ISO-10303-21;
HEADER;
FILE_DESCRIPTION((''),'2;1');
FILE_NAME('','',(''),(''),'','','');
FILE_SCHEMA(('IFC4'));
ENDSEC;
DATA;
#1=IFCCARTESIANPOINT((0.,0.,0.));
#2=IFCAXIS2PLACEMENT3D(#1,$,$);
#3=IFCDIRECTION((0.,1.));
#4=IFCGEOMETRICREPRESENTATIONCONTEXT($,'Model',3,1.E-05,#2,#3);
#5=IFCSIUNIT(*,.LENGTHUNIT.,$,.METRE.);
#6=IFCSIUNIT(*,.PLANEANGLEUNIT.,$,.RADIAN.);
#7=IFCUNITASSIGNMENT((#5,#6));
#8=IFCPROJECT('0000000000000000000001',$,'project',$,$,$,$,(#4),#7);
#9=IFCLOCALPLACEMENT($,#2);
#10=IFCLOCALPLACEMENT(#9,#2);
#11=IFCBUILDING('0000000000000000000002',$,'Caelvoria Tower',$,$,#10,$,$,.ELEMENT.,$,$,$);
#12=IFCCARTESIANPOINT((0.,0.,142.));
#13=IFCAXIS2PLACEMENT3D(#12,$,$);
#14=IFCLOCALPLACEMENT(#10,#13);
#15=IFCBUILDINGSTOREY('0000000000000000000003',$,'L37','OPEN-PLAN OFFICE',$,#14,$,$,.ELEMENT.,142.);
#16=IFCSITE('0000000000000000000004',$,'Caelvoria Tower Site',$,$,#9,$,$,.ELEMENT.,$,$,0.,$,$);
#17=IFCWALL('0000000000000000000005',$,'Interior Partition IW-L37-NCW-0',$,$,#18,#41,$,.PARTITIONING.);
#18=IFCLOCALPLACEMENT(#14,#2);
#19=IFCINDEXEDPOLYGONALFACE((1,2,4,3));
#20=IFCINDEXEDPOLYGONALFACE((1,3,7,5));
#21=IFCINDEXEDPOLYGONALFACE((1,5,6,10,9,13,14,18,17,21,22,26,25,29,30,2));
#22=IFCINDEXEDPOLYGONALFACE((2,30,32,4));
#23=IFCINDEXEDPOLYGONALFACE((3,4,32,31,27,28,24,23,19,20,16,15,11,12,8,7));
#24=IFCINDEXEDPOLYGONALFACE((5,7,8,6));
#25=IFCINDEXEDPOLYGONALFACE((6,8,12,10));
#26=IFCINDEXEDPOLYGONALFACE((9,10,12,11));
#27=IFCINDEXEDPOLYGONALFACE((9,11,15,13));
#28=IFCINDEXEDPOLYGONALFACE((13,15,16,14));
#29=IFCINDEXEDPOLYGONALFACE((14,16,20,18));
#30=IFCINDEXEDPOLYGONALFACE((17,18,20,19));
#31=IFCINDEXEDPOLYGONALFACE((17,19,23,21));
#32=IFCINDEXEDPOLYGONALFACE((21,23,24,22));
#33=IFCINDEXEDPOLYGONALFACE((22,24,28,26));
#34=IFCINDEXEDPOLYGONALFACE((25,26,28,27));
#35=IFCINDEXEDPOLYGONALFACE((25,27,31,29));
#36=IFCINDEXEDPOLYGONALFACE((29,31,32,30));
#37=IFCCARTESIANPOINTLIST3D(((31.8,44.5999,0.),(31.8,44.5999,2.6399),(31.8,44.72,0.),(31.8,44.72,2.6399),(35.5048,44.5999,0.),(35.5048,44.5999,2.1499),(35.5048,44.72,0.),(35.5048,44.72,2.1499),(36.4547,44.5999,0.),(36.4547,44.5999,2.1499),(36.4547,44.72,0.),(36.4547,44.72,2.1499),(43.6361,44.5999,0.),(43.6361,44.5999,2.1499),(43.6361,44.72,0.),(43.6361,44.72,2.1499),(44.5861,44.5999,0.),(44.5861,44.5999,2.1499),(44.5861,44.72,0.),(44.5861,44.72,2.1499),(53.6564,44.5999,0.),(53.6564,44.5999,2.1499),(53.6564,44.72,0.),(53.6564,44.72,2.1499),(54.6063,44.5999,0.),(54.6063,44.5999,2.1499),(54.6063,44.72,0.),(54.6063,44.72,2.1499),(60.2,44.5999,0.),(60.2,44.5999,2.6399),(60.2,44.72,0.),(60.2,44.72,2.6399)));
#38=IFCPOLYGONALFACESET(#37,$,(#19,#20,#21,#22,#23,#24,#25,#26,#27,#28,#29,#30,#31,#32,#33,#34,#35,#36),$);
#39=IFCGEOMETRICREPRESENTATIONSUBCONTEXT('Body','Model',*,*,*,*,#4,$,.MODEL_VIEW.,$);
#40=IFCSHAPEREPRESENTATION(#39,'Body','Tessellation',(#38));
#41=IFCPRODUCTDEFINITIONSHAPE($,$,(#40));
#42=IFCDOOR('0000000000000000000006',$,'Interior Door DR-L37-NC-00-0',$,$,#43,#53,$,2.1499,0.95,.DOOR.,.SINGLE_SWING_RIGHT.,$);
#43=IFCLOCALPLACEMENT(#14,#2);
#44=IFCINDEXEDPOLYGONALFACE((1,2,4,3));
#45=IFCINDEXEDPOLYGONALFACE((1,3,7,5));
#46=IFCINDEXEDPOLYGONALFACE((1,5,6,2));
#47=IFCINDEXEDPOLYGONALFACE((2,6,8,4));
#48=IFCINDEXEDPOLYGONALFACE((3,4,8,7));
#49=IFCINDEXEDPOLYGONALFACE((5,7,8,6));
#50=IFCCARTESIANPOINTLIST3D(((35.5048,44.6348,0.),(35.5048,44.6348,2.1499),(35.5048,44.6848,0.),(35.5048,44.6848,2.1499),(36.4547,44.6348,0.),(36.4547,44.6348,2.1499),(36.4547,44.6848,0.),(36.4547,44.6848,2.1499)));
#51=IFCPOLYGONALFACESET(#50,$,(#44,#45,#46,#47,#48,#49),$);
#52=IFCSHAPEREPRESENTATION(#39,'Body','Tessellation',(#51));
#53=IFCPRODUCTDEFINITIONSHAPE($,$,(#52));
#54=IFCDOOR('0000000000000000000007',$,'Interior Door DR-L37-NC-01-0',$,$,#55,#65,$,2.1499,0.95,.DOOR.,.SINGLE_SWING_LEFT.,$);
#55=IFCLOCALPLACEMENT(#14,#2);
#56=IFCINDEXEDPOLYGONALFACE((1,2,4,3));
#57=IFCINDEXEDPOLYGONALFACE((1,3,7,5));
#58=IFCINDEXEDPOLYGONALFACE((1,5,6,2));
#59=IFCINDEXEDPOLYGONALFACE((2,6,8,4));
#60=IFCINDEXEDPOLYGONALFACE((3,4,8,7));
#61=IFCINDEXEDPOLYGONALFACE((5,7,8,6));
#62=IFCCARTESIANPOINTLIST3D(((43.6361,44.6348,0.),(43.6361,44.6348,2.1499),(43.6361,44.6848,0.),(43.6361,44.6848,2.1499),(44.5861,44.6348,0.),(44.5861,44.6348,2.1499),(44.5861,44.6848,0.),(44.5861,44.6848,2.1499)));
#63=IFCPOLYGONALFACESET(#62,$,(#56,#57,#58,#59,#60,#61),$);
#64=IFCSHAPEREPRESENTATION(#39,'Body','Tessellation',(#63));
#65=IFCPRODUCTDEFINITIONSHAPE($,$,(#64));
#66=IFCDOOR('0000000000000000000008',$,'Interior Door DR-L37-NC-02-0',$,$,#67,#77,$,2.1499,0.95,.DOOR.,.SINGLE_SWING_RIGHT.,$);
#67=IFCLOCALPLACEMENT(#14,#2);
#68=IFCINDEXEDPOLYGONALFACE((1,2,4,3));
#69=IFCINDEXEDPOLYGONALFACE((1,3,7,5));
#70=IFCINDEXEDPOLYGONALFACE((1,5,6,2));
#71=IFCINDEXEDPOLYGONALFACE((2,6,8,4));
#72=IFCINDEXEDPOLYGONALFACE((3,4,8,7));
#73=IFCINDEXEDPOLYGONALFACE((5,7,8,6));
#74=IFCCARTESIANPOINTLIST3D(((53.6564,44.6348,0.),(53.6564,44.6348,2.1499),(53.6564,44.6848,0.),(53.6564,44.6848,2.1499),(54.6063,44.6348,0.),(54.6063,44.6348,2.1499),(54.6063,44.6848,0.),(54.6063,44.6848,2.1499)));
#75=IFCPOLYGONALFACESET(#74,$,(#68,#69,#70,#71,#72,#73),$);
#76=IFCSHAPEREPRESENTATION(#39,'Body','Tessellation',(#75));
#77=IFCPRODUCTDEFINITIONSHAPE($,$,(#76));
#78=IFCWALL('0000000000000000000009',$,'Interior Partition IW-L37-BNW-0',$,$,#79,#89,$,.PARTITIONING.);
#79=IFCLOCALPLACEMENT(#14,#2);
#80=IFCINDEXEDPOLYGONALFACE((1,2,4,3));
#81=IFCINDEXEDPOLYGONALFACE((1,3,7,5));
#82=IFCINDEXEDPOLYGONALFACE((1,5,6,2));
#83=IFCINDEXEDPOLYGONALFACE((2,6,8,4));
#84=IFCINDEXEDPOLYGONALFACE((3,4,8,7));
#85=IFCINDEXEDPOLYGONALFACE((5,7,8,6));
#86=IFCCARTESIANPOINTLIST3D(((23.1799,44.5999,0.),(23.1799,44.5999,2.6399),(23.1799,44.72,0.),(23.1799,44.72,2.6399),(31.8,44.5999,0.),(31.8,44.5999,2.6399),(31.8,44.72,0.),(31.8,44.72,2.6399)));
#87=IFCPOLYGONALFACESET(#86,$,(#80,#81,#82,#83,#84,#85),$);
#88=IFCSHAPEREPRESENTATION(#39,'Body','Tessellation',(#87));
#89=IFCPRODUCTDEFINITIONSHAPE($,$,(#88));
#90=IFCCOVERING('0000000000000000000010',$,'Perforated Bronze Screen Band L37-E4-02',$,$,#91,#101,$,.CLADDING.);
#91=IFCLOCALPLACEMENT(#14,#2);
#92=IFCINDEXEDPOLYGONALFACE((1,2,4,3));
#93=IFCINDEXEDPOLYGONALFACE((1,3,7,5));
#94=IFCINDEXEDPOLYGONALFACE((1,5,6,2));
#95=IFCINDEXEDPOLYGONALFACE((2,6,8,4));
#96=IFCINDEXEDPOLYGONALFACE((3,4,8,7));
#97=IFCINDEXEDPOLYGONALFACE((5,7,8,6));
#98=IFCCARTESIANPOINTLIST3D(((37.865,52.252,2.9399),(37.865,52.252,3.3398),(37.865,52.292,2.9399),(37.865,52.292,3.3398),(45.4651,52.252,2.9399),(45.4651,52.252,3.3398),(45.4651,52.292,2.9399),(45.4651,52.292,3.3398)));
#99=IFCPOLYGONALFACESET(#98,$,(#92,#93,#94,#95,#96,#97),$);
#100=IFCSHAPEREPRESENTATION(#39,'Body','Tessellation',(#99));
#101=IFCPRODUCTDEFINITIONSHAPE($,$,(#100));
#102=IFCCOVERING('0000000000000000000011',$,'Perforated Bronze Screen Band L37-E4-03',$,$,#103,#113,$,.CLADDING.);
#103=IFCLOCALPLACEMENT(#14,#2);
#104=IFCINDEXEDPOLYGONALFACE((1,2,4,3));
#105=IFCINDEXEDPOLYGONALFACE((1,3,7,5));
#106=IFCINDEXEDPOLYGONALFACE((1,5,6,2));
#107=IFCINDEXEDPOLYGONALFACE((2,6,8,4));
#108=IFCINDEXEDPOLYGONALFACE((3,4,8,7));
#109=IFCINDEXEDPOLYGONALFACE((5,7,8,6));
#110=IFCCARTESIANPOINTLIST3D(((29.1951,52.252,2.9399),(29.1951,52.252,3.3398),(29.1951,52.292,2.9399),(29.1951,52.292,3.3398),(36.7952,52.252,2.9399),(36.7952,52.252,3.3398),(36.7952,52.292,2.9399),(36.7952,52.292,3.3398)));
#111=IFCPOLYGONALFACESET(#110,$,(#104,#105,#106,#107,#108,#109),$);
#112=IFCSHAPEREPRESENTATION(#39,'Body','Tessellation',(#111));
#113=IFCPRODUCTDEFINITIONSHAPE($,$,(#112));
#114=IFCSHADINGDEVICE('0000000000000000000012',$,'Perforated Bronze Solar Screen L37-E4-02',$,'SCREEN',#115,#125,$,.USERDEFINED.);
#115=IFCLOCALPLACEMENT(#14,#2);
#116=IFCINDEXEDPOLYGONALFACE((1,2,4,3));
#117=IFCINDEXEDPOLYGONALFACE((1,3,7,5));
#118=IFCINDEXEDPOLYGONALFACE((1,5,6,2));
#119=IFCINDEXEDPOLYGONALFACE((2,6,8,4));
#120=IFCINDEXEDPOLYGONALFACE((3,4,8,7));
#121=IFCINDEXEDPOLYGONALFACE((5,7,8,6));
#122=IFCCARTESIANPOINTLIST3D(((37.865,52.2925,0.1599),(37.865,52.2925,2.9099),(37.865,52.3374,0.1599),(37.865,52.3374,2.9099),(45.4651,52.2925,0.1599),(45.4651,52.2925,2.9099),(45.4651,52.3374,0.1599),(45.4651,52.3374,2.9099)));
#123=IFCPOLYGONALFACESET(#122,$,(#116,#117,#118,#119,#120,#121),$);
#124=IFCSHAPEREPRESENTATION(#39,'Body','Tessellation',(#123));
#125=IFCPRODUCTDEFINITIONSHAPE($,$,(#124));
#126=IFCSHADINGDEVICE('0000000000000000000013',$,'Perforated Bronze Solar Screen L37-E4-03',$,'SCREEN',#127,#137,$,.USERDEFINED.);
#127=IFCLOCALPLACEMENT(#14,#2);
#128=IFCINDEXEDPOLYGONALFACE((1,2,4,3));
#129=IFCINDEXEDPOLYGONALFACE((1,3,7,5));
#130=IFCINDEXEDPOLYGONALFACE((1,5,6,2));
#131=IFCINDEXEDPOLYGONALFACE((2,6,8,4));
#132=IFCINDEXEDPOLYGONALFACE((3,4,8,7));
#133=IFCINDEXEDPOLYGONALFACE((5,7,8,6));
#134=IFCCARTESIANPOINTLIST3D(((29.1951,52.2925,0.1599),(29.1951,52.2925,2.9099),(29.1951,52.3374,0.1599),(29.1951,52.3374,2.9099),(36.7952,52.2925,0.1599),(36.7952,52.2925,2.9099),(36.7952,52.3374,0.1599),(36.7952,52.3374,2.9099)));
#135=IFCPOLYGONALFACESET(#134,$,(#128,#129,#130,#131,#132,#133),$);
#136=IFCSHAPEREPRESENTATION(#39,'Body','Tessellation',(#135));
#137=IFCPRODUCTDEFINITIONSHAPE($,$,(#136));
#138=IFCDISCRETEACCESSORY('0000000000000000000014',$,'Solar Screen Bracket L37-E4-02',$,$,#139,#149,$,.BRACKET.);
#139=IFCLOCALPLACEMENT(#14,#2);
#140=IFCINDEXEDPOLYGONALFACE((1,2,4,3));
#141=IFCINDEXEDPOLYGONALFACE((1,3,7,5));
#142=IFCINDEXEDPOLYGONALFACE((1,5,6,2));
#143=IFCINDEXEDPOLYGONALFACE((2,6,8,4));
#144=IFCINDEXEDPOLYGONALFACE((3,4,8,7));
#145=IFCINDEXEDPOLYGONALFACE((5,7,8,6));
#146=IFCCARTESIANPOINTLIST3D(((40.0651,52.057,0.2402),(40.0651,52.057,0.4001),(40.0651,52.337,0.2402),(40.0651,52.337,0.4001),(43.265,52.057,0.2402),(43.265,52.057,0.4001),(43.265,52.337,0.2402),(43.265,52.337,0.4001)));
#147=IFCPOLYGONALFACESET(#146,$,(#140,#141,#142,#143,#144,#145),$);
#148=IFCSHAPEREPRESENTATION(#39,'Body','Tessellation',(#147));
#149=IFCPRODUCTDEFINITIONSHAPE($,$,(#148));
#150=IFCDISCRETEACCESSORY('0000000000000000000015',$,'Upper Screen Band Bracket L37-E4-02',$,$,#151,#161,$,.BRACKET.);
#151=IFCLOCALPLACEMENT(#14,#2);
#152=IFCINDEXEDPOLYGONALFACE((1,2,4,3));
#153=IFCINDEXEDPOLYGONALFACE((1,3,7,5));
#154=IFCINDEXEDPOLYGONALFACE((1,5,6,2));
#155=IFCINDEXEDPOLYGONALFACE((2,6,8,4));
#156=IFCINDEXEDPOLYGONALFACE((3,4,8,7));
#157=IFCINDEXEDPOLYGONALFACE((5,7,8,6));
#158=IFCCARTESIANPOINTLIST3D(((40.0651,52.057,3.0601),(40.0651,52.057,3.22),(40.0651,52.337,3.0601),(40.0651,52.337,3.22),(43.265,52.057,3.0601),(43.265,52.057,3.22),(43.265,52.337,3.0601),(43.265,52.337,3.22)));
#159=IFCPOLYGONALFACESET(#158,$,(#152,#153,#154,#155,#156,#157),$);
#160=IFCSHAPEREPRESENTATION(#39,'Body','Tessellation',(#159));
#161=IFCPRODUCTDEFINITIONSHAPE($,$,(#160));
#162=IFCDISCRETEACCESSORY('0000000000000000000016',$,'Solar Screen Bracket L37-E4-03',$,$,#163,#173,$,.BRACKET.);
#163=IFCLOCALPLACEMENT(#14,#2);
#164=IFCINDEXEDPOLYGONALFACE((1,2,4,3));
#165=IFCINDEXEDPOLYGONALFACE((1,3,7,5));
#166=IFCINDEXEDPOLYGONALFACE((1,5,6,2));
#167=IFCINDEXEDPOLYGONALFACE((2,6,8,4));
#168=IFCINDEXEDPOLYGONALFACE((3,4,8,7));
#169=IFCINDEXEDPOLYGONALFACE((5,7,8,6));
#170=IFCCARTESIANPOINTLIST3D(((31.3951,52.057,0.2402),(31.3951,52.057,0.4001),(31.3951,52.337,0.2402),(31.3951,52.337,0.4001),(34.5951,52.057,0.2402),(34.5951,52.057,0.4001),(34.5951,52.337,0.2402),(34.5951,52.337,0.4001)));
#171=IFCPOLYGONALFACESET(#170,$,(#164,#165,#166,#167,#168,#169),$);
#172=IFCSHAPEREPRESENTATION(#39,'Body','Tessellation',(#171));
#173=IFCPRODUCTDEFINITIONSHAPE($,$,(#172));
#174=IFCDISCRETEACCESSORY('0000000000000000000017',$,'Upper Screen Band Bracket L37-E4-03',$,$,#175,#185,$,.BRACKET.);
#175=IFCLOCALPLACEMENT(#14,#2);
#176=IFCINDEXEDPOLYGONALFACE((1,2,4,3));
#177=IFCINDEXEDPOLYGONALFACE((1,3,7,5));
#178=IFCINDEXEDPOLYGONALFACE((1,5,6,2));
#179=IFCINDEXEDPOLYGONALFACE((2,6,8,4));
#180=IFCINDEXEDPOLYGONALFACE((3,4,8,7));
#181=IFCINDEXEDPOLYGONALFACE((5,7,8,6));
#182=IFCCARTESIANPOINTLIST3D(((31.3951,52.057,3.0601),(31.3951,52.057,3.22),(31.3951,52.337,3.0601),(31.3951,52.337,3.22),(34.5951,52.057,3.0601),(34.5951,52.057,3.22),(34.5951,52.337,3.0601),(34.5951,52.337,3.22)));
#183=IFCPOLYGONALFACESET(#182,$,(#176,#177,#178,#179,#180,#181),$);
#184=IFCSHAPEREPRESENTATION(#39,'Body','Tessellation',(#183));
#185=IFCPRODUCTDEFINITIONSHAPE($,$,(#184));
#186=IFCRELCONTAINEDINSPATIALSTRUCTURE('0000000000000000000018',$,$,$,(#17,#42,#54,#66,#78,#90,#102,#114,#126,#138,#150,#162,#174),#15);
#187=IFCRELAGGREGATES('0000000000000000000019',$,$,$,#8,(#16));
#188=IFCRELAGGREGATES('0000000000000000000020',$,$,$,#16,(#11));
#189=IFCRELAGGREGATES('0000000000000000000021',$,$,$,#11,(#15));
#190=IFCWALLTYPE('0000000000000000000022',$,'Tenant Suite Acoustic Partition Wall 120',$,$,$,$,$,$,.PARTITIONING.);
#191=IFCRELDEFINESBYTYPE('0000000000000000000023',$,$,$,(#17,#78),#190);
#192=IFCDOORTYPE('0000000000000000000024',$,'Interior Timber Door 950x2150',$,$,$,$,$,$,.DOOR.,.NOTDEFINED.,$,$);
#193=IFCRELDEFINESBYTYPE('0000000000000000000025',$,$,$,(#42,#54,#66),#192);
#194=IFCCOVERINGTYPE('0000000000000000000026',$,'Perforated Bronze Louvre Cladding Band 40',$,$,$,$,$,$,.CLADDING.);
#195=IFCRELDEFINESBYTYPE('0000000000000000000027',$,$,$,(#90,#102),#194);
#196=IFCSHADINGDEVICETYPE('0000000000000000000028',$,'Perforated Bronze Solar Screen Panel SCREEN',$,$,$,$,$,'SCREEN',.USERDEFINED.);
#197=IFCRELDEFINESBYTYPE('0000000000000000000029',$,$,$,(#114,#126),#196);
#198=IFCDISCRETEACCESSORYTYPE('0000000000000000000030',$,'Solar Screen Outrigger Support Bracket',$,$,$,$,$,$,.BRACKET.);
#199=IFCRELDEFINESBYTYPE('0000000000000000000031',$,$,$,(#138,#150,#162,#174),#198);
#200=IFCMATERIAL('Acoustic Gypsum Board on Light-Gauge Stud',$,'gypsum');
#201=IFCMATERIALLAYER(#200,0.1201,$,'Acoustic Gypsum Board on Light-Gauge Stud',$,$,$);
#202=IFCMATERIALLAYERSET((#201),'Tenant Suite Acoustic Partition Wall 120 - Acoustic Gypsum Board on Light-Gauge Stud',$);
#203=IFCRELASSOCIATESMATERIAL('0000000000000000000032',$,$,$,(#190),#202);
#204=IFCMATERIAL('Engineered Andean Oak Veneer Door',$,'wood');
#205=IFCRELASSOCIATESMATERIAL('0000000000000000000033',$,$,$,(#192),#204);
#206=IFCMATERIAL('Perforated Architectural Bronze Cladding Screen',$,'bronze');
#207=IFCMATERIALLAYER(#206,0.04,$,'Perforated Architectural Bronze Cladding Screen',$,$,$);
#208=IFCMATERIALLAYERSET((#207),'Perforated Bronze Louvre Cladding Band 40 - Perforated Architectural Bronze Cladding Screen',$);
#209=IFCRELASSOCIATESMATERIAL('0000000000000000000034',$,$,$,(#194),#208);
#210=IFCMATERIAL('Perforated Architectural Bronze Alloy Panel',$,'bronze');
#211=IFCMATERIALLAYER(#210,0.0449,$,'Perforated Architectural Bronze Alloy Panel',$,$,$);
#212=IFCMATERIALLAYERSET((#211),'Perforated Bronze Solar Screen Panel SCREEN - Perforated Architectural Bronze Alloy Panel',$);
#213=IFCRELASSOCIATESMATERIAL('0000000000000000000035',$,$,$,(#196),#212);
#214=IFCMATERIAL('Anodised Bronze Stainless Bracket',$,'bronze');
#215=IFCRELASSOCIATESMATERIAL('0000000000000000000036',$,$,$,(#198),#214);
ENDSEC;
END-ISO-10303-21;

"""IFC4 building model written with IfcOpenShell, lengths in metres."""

from ifc_helpers import new_model, si_unit, direction, frame, frame_2d, origin, origin_2d, place, context, subcontext, project, spatial, rectangle, extrude, material, layer, layer_set, type_object, element, fill, save


model = new_model("IFC4")

# Units and contexts
model_context = context("Model", 3, precision=1e-05, world=origin(), true_north=direction((0.0, 1.0)))
body_context = subcontext(model_context, "Body", "Model", "MODEL_VIEW")
ifc_project = project(units=[si_unit("LENGTHUNIT", "METRE"), si_unit("PLANEANGLEUNIT", "RADIAN")], contexts=[model_context])

# Site, building, storey
site_placement = place(None, origin())
site = spatial("IfcSite", under=ifc_project, at=site_placement, Name="Caelvoria Tower Site", CompositionType="ELEMENT", RefElevation=0.0)
building_placement = place(site_placement, origin())
building = spatial("IfcBuilding", under=site, at=building_placement, Name="Caelvoria Tower", CompositionType="ELEMENT")
storey_placement = place(building_placement, frame((0.0, 0.0, 142.0)))
storey = spatial("IfcBuildingStorey", under=building, at=storey_placement, Name="L37", Description="OPEN-PLAN OFFICE", CompositionType="ELEMENT", Elevation=142.0)

# Shared definitions
ifc_material_1 = material(Name="Acoustic Gypsum Board on Light-Gauge Stud", Category="gypsum")
ifc_layer_1 = layer(ifc_material_1, 0.1201, Name="Acoustic Gypsum Board on Light-Gauge Stud")
ifc_layer_set_1 = layer_set([ifc_layer_1], Name="Tenant Suite Acoustic Partition Wall 120 - Acoustic Gypsum Board on Light-Gauge Stud")
wall_type = type_object("IfcWallType", Name="Tenant Suite Acoustic Partition Wall 120", PredefinedType="PARTITIONING", material=ifc_layer_set_1)
ifc_material_2 = material(Name="Engineered Andean Oak Veneer Door", Category="wood")

# Wall, openings, doors
wall_1_placement = place(storey_placement, frame((31.8, 44.6599, 0.0), z_axis=(0.0, 0.0, 1.0), x_axis=(1.0, 0.0, 0.0)))
wall_1 = element("IfcWall", 1, at=wall_1_placement, inside=storey, type_object=wall_type, Name="Interior Partition IW-L37-NCW-0", PredefinedType="PARTITIONING", context=body_context, shape_type="SweptSolid", body=[
    extrude(rectangle(XDim=28.3999, YDim=0.1201, at=frame_2d((14.2, 0.0))), origin(), (0.0, 0.0, 1.0), 2.6399),
])
opening_1_placement = place(wall_1_placement, frame((3.7046, 0.0, 0.0)))
opening_1 = element("IfcOpeningElement", 2, at=opening_1_placement, cuts=wall_1, PredefinedType="OPENING", context=body_context, shape_type="SweptSolid", body=[
    extrude(rectangle(XDim=0.95, YDim=2.1499, at=frame_2d((0.4751, 1.075))), frame((0.0, 0.0701, 0.0), z_axis=(0.0, -1.0, 0.0), x_axis=(1.0, 0.0, 0.0)), (0.0, 0.0, 1.0), 0.1401),
])
opening_2_placement = place(wall_1_placement, frame((11.8359, 0.0, 0.0)))
opening_2 = element("IfcOpeningElement", 3, at=opening_2_placement, cuts=wall_1, PredefinedType="OPENING", context=body_context, shape_type="SweptSolid", body=[
    extrude(rectangle(XDim=0.95, YDim=2.1499, at=frame_2d((0.4751, 1.075))), frame((0.0, 0.0701, 0.0), z_axis=(0.0, -1.0, 0.0), x_axis=(1.0, 0.0, 0.0)), (0.0, 0.0, 1.0), 0.1401),
])
opening_3_placement = place(wall_1_placement, frame((21.8562, 0.0, 0.0)))
opening_3 = element("IfcOpeningElement", 4, at=opening_3_placement, cuts=wall_1, PredefinedType="OPENING", context=body_context, shape_type="SweptSolid", body=[
    extrude(rectangle(XDim=0.95, YDim=2.1499, at=frame_2d((0.4751, 1.075))), frame((0.0, 0.0701, 0.0), z_axis=(0.0, -1.0, 0.0), x_axis=(1.0, 0.0, 0.0)), (0.0, 0.0, 1.0), 0.1401),
])
door_type_1 = type_object("IfcDoorType", Name="Interior Timber Door 950x2150", OperationType="NOTDEFINED", PredefinedType="DOOR", material=ifc_material_2)
door_1_placement = place(opening_1_placement, origin())
door_1 = element("IfcDoor", 5, at=door_1_placement, inside=storey, type_object=door_type_1, Name="Interior Door DR-L37-NC-00-0", OperationType="SINGLE_SWING_RIGHT", OverallHeight=2.1499, OverallWidth=0.95, PredefinedType="DOOR", context=body_context, shape_type="SweptSolid", body=[
    extrude(rectangle(XDim=0.95, YDim=2.1499, at=frame_2d((0.4751, 1.075))), frame((0.0, 0.0249, 0.0), z_axis=(0.0, -1.0, 0.0), x_axis=(1.0, 0.0, 0.0)), (0.0, 0.0, 1.0), 0.05),
])
fill(opening_1, door_1)
door_2_placement = place(opening_2_placement, origin())
door_2 = element("IfcDoor", 6, at=door_2_placement, inside=storey, type_object=door_type_1, Name="Interior Door DR-L37-NC-01-0", OperationType="SINGLE_SWING_LEFT", OverallHeight=2.1499, OverallWidth=0.95, PredefinedType="DOOR", context=body_context, shape_type="SweptSolid", body=[
    extrude(rectangle(XDim=0.95, YDim=2.1499, at=frame_2d((0.4751, 1.075))), frame((0.0, 0.0249, 0.0), z_axis=(0.0, -1.0, 0.0), x_axis=(1.0, 0.0, 0.0)), (0.0, 0.0, 1.0), 0.05),
])
fill(opening_2, door_2)
door_3_placement = place(opening_3_placement, origin())
door_3 = element("IfcDoor", 7, at=door_3_placement, inside=storey, type_object=door_type_1, Name="Interior Door DR-L37-NC-02-0", OperationType="SINGLE_SWING_RIGHT", OverallHeight=2.1499, OverallWidth=0.95, PredefinedType="DOOR", context=body_context, shape_type="SweptSolid", body=[
    extrude(rectangle(XDim=0.95, YDim=2.1499, at=frame_2d((0.4751, 1.075))), frame((0.0, 0.0249, 0.0), z_axis=(0.0, -1.0, 0.0), x_axis=(1.0, 0.0, 0.0)), (0.0, 0.0, 1.0), 0.05),
])
fill(opening_3, door_3)

# Wall
wall_2_placement = place(storey_placement, frame((31.8, 44.6599, 0.0), z_axis=(0.0, 0.0, 1.0), x_axis=(-1.0, 0.0, 0.0)))
element("IfcWall", 8, at=wall_2_placement, inside=storey, type_object=wall_type, Name="Interior Partition IW-L37-BNW-0", PredefinedType="PARTITIONING", context=body_context, shape_type="SweptSolid", body=[
    extrude(rectangle(XDim=8.6201, YDim=0.1201, at=frame_2d((4.3101, 0.0))), origin(), (0.0, 0.0, 1.0), 2.6399),
])

# Coverings
ifc_material_3 = material(Name="Perforated Architectural Bronze Cladding Screen", Category="bronze")
ifc_layer_2 = layer(ifc_material_3, 0.04, Name="Perforated Architectural Bronze Cladding Screen")
ifc_layer_set_2 = layer_set([ifc_layer_2], Name="Perforated Bronze Louvre Cladding Band 40 - Perforated Architectural Bronze Cladding Screen")
covering_type = type_object("IfcCoveringType", Name="Perforated Bronze Louvre Cladding Band 40", PredefinedType="CLADDING", material=ifc_layer_set_2)
for number, where, z_axis, x_axis, name in (
    (9, (41.665, 52.272, 2.9399), (0.0, 0.0, 1.0), (-1.0, 0.0, 0.0), "Perforated Bronze Screen Band L37-E4-02"),
    (10, (32.9951, 52.272, 2.9399), (0.0, 0.0, 1.0), (-1.0, 0.0, 0.0), "Perforated Bronze Screen Band L37-E4-03"),
):
    element("IfcCovering", number, at=place(storey_placement, frame(where, z_axis=z_axis, x_axis=x_axis)), inside=storey, type_object=covering_type, Name=name, PredefinedType="CLADDING", context=body_context, shape_type="SweptSolid", body=[
        extrude(rectangle(XDim=7.6001, YDim=0.04, at=origin_2d()), origin(), (0.0, 0.0, 1.0), 0.3999),
    ])

# Shading devices
ifc_material_4 = material(Name="Perforated Architectural Bronze Alloy Panel", Category="bronze")
ifc_layer_3 = layer(ifc_material_4, 0.0449, Name="Perforated Architectural Bronze Alloy Panel")
ifc_layer_set_3 = layer_set([ifc_layer_3], Name="Perforated Bronze Solar Screen Panel SCREEN - Perforated Architectural Bronze Alloy Panel")
shading_device_type = type_object("IfcShadingDeviceType", Name="Perforated Bronze Solar Screen Panel SCREEN", ElementType="SCREEN", PredefinedType="USERDEFINED", material=ifc_layer_set_3)
for number, where, z_axis, x_axis, name in (
    (11, (41.665, 52.3149, 0.1599), (0.0, 0.0, 1.0), (-1.0, 0.0, 0.0), "Perforated Bronze Solar Screen L37-E4-02"),
    (12, (32.9951, 52.3149, 0.1599), (0.0, 0.0, 1.0), (-1.0, 0.0, 0.0), "Perforated Bronze Solar Screen L37-E4-03"),
):
    element("IfcShadingDevice", number, at=place(storey_placement, frame(where, z_axis=z_axis, x_axis=x_axis)), inside=storey, type_object=shading_device_type, Name=name, ObjectType="SCREEN", PredefinedType="USERDEFINED", context=body_context, shape_type="SweptSolid", body=[
        extrude(rectangle(XDim=7.6001, YDim=0.0449, at=origin_2d()), origin(), (0.0, 0.0, 1.0), 2.75),
    ])

# Discrete accessories
ifc_material_5 = material(Name="Anodised Bronze Stainless Bracket", Category="bronze")
discrete_accessory_type = type_object("IfcDiscreteAccessoryType", Name="Solar Screen Outrigger Support Bracket", PredefinedType="BRACKET", material=ifc_material_5)
for number, where, z_axis, x_axis, name in (
    (13, (41.665, 52.197, 0.2402), (0.0, 0.0, 1.0), (-1.0, 0.0, 0.0), "Solar Screen Bracket L37-E4-02"),
    (14, (41.665, 52.197, 3.0601), (0.0, 0.0, 1.0), (-1.0, 0.0, 0.0), "Upper Screen Band Bracket L37-E4-02"),
    (15, (32.9951, 52.197, 0.2402), (0.0, 0.0, 1.0), (-1.0, 0.0, 0.0), "Solar Screen Bracket L37-E4-03"),
    (16, (32.9951, 52.197, 3.0601), (0.0, 0.0, 1.0), (-1.0, 0.0, 0.0), "Upper Screen Band Bracket L37-E4-03"),
):
    element("IfcDiscreteAccessory", number, at=place(storey_placement, frame(where, z_axis=z_axis, x_axis=x_axis)), inside=storey, type_object=discrete_accessory_type, Name=name, PredefinedType="BRACKET", context=body_context, shape_type="SweptSolid", body=[
        extrude(rectangle(XDim=3.2, YDim=0.28, at=origin_2d()), origin(), (0.0, 0.0, 1.0), 0.1599),
    ])

save(model, "model.ifc")
